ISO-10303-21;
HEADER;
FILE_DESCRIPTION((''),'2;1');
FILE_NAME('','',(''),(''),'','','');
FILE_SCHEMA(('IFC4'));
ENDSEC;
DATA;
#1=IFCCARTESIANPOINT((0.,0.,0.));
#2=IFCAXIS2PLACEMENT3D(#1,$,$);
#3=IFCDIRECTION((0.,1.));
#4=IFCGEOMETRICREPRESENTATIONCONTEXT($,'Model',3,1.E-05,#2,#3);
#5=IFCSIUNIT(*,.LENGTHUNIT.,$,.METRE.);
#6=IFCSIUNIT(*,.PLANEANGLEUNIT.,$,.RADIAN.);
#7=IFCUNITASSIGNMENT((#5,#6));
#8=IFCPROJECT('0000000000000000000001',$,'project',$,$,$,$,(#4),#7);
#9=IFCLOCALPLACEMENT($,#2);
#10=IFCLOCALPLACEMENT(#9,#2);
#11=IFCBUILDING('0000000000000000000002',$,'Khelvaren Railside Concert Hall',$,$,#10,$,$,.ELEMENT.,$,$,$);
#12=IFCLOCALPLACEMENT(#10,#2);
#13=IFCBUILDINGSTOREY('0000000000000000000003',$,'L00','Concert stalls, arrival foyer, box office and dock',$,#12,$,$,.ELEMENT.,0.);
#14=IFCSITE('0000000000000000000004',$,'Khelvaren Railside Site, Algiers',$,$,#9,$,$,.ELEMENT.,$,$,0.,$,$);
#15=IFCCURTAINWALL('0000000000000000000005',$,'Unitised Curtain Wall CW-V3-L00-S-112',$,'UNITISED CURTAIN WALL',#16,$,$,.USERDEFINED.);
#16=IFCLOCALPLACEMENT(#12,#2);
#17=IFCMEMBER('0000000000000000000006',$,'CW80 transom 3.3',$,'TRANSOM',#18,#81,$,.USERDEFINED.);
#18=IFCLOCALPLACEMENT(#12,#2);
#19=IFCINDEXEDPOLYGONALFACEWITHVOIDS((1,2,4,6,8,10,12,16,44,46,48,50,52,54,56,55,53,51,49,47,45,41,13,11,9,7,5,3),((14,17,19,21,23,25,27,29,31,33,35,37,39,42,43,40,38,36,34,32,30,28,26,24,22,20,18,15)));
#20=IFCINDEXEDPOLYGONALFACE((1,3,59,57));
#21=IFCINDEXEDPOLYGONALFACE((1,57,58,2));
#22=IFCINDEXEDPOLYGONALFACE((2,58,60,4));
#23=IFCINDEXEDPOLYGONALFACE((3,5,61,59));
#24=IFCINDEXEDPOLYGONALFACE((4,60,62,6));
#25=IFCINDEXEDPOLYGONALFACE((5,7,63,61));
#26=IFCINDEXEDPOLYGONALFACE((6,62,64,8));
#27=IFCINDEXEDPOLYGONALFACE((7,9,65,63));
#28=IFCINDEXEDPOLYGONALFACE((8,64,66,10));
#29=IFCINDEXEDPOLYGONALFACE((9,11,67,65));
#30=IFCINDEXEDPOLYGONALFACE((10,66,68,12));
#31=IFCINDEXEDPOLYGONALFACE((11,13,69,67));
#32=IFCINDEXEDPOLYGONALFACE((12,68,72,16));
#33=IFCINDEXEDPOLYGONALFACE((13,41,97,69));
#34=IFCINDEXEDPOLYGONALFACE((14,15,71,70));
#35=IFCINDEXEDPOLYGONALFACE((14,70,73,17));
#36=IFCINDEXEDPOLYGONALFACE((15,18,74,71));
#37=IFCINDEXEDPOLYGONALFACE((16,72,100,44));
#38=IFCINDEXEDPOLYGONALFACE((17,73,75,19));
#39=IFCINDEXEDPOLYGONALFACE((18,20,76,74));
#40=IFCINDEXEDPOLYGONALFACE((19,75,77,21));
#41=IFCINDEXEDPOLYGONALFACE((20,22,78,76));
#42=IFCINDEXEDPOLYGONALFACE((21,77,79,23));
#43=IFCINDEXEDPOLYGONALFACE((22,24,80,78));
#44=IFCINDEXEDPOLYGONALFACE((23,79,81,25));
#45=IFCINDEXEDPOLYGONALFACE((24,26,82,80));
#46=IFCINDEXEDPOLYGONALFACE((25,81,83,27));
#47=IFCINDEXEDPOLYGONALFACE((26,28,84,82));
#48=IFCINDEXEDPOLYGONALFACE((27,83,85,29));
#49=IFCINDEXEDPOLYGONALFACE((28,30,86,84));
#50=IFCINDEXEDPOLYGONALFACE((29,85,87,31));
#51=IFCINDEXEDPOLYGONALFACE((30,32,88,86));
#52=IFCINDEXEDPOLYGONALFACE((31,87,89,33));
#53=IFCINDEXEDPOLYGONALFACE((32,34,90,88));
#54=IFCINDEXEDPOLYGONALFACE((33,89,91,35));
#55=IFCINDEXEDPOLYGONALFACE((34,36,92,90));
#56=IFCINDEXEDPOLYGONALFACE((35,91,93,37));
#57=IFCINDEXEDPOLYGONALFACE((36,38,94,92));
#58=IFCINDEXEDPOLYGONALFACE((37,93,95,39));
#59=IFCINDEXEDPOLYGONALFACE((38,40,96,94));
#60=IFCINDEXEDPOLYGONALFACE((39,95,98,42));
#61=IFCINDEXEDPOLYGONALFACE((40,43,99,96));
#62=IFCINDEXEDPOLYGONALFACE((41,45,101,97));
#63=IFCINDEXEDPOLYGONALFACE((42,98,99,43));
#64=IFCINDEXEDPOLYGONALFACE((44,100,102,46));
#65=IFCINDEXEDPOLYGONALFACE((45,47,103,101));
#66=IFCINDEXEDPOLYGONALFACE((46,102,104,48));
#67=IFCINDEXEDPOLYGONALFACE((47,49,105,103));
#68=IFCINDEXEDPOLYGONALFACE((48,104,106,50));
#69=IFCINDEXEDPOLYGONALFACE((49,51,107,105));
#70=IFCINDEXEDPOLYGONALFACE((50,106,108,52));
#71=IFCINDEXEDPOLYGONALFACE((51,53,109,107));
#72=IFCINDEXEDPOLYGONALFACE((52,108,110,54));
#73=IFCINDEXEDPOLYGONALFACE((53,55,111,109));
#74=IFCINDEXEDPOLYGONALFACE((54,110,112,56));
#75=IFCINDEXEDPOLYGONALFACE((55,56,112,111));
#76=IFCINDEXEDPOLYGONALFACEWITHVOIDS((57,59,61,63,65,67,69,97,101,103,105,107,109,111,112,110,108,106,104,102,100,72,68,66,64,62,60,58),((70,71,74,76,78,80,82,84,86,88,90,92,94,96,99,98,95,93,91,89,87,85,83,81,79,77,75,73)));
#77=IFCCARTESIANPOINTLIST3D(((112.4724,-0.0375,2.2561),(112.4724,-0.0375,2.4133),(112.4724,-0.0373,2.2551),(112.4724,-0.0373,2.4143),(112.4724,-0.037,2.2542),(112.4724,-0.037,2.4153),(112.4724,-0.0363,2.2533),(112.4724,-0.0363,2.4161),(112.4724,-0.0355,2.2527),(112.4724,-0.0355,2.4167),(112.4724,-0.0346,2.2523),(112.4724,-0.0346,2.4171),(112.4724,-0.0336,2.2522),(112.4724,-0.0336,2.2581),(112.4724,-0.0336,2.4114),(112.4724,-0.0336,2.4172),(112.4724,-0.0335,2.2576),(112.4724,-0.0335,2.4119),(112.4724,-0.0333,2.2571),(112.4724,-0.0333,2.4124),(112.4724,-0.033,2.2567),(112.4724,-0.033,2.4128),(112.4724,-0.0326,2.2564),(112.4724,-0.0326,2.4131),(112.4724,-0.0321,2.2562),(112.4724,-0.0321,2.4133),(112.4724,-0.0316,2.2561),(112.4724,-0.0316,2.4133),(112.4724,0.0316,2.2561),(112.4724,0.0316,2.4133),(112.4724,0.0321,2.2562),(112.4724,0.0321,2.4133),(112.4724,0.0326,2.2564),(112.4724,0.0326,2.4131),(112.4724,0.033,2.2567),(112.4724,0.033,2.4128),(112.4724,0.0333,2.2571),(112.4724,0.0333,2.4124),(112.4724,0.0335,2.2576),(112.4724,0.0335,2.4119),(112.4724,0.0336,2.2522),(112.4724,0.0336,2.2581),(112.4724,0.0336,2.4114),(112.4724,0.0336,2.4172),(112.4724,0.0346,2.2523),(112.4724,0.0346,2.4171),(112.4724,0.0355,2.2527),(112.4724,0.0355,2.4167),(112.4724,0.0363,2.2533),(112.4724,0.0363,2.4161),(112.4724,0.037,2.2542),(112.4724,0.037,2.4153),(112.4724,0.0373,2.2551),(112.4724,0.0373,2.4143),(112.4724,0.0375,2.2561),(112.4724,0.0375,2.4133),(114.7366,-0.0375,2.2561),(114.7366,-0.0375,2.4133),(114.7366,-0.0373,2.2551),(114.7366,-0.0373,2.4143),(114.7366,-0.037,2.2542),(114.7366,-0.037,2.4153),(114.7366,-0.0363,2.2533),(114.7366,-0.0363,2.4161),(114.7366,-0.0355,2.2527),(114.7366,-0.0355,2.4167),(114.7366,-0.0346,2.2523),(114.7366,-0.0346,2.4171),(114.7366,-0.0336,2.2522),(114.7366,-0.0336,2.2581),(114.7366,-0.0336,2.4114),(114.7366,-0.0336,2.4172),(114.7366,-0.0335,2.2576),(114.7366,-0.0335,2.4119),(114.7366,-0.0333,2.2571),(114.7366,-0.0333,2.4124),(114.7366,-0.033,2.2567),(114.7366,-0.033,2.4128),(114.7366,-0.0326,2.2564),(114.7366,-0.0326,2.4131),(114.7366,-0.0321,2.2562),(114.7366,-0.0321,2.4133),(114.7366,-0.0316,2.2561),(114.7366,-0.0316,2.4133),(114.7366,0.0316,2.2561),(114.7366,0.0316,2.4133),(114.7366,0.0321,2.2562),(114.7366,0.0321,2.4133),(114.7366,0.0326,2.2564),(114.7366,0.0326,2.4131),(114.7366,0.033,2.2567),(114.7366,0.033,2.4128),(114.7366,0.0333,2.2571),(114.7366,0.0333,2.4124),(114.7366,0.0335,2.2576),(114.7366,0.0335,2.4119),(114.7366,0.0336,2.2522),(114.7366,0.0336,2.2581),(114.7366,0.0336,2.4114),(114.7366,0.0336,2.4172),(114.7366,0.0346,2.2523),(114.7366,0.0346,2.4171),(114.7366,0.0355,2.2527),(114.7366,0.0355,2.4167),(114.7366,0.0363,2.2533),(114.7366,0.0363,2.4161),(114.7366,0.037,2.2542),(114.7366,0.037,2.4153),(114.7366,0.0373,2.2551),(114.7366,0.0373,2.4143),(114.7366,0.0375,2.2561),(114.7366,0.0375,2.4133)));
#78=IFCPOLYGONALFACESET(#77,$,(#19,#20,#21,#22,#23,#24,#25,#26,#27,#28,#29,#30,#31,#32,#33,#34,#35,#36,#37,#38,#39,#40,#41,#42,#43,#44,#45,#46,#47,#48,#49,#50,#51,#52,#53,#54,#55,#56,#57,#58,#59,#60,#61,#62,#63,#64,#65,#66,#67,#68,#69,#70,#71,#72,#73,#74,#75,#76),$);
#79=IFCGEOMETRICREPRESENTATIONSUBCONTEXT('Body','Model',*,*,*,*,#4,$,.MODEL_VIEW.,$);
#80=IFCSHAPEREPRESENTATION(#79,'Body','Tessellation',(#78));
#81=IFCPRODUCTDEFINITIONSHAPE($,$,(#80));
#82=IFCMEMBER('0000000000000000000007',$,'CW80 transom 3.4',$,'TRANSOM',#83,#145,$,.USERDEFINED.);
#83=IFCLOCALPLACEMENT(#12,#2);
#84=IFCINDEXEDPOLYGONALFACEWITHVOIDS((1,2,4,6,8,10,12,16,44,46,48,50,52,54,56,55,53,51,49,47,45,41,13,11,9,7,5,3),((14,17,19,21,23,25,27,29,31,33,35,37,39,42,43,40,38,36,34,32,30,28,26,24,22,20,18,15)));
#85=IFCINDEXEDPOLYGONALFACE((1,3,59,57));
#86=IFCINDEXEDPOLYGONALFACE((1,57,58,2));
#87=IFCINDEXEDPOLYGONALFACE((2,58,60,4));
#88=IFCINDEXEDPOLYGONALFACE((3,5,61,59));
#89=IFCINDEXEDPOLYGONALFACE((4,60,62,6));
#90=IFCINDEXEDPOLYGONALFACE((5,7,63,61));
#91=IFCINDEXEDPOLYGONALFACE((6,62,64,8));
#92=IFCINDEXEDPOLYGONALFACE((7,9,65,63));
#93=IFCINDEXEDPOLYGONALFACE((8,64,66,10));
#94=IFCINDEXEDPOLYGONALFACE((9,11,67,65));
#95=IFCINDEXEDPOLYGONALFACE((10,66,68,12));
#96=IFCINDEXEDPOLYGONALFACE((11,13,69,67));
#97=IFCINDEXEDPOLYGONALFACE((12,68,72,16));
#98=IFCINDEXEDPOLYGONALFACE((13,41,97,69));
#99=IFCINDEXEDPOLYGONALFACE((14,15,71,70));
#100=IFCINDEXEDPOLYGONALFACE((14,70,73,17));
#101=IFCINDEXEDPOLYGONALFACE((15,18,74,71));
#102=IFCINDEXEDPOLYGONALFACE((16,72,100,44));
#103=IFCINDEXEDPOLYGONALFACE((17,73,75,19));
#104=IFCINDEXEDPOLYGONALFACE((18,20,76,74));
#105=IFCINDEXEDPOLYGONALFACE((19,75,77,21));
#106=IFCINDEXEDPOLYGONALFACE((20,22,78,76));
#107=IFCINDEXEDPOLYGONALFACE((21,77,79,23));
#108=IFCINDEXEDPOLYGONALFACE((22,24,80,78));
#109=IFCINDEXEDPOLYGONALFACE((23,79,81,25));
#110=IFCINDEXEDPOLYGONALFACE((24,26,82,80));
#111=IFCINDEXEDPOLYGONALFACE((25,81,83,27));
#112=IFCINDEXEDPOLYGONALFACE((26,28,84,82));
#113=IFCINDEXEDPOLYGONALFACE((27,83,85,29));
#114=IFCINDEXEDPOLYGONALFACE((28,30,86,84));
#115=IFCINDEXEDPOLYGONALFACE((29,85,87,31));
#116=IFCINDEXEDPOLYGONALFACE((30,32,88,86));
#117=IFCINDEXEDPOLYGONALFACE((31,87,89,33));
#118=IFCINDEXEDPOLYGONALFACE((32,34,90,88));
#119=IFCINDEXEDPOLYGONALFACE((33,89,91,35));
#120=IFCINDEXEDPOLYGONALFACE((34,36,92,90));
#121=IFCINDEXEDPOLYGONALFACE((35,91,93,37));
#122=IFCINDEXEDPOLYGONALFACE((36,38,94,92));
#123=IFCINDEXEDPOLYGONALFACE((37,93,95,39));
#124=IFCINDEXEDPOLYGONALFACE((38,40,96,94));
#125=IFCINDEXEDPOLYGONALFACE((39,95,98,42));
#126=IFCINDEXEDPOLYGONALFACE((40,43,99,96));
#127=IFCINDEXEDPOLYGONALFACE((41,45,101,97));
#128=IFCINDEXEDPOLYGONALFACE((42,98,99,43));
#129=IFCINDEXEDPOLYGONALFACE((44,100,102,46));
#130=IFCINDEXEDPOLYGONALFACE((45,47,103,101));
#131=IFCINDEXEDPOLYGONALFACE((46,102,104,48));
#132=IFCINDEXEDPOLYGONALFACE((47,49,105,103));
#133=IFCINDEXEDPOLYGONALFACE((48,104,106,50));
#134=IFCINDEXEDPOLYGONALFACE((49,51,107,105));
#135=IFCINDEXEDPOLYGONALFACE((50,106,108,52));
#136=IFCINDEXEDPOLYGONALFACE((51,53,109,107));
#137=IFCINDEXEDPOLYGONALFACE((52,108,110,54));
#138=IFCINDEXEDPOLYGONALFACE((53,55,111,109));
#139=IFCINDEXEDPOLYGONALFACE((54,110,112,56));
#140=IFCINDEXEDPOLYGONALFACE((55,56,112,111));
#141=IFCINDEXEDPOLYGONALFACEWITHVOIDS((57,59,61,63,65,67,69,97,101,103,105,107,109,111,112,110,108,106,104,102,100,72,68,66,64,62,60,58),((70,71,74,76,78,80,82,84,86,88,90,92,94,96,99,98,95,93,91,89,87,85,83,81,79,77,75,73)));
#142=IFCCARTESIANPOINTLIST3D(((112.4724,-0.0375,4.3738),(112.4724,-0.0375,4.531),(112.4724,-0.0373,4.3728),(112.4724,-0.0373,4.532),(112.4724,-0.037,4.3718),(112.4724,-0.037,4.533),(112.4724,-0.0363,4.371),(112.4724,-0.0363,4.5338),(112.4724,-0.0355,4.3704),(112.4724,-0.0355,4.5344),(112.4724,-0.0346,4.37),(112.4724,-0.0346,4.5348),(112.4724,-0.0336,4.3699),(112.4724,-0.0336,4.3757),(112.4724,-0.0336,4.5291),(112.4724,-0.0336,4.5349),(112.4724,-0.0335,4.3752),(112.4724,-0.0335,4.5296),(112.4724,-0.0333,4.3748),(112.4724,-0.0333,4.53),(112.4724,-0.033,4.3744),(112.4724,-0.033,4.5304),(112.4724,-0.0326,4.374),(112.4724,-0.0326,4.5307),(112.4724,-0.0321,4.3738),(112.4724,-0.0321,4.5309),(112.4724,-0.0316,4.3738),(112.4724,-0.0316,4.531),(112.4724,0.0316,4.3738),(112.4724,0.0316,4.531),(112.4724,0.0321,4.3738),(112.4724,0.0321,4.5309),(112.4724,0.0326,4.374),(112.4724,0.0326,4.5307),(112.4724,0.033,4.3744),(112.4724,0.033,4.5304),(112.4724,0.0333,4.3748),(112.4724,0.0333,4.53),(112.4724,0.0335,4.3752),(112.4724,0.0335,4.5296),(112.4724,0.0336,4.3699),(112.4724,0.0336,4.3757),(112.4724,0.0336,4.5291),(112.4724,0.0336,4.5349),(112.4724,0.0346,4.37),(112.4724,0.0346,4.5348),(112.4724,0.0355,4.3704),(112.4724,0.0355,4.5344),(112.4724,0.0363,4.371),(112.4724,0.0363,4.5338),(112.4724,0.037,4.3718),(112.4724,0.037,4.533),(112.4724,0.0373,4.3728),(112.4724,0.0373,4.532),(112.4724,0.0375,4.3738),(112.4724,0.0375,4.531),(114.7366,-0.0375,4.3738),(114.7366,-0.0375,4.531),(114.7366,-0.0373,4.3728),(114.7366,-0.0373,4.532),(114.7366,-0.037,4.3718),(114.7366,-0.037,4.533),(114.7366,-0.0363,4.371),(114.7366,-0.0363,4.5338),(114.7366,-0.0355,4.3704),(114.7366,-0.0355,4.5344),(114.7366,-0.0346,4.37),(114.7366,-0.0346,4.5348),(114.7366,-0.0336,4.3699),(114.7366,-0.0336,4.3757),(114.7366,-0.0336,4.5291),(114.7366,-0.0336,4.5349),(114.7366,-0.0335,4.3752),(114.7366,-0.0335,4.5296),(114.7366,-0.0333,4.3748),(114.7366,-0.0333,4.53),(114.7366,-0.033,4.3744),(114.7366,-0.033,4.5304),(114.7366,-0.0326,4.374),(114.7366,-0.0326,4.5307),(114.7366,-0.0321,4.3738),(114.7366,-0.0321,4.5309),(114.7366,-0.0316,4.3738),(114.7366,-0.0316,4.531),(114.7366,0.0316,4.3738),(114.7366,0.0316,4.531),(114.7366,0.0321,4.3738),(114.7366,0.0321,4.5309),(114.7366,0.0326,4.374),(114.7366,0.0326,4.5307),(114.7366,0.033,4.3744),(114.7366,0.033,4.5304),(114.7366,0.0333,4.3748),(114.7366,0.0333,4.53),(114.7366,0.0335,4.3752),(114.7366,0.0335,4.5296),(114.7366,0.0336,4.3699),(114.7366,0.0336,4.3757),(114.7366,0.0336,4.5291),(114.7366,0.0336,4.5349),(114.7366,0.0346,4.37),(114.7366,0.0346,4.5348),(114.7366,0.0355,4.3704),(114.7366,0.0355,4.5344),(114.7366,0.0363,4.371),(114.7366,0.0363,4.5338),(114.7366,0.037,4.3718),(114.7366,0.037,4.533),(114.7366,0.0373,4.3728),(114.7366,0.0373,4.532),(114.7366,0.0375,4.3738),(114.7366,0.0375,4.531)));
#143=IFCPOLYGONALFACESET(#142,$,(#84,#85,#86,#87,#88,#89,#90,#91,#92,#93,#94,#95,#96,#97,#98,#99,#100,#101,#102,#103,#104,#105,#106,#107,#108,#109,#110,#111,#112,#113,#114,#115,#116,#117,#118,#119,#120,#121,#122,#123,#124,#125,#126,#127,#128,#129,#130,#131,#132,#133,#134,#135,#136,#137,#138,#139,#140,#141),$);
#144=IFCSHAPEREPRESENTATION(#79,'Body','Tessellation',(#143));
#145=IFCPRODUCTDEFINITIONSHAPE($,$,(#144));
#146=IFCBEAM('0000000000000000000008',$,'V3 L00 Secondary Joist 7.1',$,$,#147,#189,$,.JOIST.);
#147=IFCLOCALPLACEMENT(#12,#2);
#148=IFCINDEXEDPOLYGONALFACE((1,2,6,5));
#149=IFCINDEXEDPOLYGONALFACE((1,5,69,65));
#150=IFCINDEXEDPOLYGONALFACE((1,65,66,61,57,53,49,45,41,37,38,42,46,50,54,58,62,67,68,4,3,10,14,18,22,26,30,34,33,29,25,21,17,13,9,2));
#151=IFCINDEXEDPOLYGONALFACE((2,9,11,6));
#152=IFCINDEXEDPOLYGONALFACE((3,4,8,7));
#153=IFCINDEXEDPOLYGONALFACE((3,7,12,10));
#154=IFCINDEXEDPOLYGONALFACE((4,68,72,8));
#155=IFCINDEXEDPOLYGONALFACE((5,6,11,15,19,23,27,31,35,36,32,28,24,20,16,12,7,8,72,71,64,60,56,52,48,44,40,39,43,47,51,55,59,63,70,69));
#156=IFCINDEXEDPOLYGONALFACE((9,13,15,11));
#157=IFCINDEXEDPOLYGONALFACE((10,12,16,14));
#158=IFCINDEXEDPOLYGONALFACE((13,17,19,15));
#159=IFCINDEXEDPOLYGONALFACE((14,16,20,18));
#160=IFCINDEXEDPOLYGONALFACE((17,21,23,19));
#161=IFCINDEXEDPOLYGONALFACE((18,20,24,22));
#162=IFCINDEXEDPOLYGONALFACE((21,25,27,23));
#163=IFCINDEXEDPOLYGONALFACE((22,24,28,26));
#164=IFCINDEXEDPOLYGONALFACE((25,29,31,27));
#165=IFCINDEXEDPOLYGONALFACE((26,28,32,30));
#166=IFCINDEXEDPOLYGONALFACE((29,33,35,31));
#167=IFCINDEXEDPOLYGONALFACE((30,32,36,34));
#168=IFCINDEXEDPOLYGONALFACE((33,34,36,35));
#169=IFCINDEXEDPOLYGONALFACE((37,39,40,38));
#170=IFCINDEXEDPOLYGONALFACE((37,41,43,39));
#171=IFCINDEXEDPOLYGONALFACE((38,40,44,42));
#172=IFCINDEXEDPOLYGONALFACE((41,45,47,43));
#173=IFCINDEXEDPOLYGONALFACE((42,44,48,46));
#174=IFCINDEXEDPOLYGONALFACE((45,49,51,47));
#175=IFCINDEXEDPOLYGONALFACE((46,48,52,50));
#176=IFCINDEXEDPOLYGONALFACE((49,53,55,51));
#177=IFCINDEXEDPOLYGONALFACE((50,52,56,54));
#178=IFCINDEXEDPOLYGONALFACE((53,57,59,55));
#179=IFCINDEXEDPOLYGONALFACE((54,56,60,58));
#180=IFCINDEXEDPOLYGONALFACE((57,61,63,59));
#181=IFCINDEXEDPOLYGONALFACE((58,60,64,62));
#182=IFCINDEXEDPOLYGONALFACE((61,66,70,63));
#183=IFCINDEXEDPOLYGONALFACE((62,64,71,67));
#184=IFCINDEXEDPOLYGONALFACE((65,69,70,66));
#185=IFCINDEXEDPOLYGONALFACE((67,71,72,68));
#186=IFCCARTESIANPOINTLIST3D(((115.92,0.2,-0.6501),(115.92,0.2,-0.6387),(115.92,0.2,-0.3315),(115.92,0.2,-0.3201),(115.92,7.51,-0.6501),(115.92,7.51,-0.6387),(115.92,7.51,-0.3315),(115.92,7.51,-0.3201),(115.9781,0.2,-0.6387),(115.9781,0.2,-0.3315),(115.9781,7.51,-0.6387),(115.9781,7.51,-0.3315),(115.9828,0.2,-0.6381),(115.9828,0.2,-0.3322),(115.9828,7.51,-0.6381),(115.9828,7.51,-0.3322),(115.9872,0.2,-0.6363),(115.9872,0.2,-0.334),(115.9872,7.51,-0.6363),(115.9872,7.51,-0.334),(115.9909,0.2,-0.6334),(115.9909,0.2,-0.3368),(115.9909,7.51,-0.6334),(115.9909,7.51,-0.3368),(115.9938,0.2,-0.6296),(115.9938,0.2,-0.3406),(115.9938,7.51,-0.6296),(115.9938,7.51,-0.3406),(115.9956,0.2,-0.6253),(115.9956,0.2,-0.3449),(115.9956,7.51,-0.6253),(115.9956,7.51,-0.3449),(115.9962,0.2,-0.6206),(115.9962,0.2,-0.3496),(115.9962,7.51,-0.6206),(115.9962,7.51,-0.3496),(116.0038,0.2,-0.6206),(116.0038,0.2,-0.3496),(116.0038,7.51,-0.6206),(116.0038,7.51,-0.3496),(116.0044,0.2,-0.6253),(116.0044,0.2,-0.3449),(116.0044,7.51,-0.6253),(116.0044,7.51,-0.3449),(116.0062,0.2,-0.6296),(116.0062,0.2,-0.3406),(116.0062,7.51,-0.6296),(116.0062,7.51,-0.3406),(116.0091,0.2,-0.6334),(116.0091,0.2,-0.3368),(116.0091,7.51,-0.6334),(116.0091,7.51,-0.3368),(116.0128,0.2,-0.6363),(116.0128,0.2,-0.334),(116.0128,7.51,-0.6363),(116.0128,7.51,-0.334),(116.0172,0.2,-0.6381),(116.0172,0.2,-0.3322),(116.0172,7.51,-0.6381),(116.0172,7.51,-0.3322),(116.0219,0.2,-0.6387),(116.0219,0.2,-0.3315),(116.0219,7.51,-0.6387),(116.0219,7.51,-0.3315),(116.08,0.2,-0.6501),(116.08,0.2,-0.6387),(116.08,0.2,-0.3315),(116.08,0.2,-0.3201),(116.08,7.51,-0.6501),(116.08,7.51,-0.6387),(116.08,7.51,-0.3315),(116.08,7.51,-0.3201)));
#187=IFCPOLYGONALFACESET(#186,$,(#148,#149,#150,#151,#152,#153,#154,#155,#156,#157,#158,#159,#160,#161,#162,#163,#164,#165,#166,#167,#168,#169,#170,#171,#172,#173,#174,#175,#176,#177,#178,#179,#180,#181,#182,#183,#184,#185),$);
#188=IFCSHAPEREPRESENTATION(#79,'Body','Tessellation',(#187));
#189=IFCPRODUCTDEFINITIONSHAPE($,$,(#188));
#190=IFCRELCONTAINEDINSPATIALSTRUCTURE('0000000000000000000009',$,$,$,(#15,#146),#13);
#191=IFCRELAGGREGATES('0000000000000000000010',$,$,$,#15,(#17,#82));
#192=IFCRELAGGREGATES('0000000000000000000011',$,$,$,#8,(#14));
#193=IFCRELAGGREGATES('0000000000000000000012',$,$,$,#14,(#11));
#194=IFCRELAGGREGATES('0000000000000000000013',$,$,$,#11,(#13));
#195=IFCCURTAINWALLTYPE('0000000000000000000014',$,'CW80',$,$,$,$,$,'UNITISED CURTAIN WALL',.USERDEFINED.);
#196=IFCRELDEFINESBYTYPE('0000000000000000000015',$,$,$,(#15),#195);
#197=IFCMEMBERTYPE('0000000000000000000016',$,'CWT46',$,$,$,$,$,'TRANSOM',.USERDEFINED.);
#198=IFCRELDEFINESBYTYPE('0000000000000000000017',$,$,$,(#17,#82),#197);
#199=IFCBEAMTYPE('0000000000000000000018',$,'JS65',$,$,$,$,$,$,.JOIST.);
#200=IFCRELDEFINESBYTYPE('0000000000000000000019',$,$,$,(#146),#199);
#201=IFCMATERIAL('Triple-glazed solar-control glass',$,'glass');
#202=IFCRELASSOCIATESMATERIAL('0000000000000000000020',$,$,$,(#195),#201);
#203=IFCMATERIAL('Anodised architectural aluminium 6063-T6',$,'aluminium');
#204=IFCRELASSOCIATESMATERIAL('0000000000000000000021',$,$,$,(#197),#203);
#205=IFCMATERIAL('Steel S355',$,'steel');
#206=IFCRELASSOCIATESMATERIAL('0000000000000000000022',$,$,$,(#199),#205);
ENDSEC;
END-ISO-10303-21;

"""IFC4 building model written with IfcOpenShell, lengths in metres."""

from ifc_helpers import new_model, si_unit, direction, frame, origin, origin_2d, place, context, subcontext, project, spatial, hollow_rectangle, i_section, extrude, material, material_profile, profile_set, type_object, element, aggregate, save


model = new_model("IFC4")

# Units and contexts
model_context = context("Model", 3, precision=1e-05, world=origin(), true_north=direction((0.0, 1.0)))
body_context = subcontext(model_context, "Body", "Model", "MODEL_VIEW")
ifc_project = project(units=[si_unit("LENGTHUNIT", "METRE"), si_unit("PLANEANGLEUNIT", "RADIAN")], contexts=[model_context])

# Site, building, storey
site_placement = place(None, origin())
site = spatial("IfcSite", under=ifc_project, at=site_placement, Name="Khelvaren Railside Site, Algiers", CompositionType="ELEMENT", RefElevation=0.0)
building_placement = place(site_placement, origin())
building = spatial("IfcBuilding", under=site, at=building_placement, Name="Khelvaren Railside Concert Hall", CompositionType="ELEMENT")
storey_placement = place(building_placement, origin())
storey = spatial("IfcBuildingStorey", under=building, at=storey_placement, Name="L00", Description="Concert stalls, arrival foyer, box office and dock", CompositionType="ELEMENT", Elevation=0.0)

# Shared definitions
ifc_material_1 = material(Name="Steel S355", Category="steel")

# Curtain wall
ifc_material_2 = material(Name="Triple-glazed solar-control glass", Category="glass")
ifc_material_3 = material(Name="Anodised architectural aluminium 6063-T6", Category="aluminium")
curtain_wall_type_1 = type_object("IfcCurtainWallType", Name="CW80", ElementType="UNITISED CURTAIN WALL", PredefinedType="USERDEFINED", material=ifc_material_2)
curtain_wall_1_placement = place(storey_placement, origin())
curtain_wall_1 = element("IfcCurtainWall", 1, at=curtain_wall_1_placement, inside=storey, type_object=curtain_wall_type_1, Name="Unitised Curtain Wall CW-V3-L00-S-112", ObjectType="UNITISED CURTAIN WALL", PredefinedType="USERDEFINED")

# Members
ifc_material_profile_1 = material_profile(ifc_material_3, hollow_rectangle(XDim=0.075, YDim=0.165, WallThickness=0.0039, InnerFilletRadius=0.002, OuterFilletRadius=0.0039, at=origin_2d()), Name="CWT 75x165x4")
ifc_profile_set_1 = profile_set([ifc_material_profile_1], Name="Anodised architectural aluminium 6063-T6")
member_type_1 = type_object("IfcMemberType", Name="CWT46", ElementType="TRANSOM", PredefinedType="USERDEFINED", material=ifc_profile_set_1)
member_1_placement = place(storey_placement, frame((114.7366, 0.0, 2.3347), z_axis=(-1.0, 0.0, 0.0), x_axis=(0.0, -1.0, 0.0)))
member_1 = element("IfcMember", 2, at=member_1_placement, type_object=member_type_1, Name="CW80 transom 3.3", ObjectType="TRANSOM", PredefinedType="USERDEFINED", context=body_context, shape_type="SweptSolid", body=[
    extrude(hollow_rectangle(XDim=0.075, YDim=0.165, WallThickness=0.0039, InnerFilletRadius=0.002, OuterFilletRadius=0.0039, at=origin_2d()), origin(), (0.0, 0.0, 1.0), 2.2642),
])
member_2_placement = place(storey_placement, frame((114.7366, 0.0, 4.4524), z_axis=(-1.0, 0.0, 0.0), x_axis=(0.0, -1.0, 0.0)))
member_2 = element("IfcMember", 3, at=member_2_placement, type_object=member_type_1, Name="CW80 transom 3.4", ObjectType="TRANSOM", PredefinedType="USERDEFINED", context=body_context, shape_type="SweptSolid", body=[
    extrude(hollow_rectangle(XDim=0.075, YDim=0.165, WallThickness=0.0039, InnerFilletRadius=0.002, OuterFilletRadius=0.0039, at=origin_2d()), origin(), (0.0, 0.0, 1.0), 2.2642),
])

# Beam
ifc_material_profile_2 = material_profile(ifc_material_1, i_section(OverallWidth=0.1599, OverallDepth=0.3301, WebThickness=0.0076, FlangeThickness=0.0115, FilletRadius=0.0181, at=origin_2d()), Name="IPE 330")
ifc_profile_set_2 = profile_set([ifc_material_profile_2], Name="Steel S355")
beam_type_1 = type_object("IfcBeamType", Name="JS65", PredefinedType="JOIST", material=ifc_profile_set_2)
beam_1_placement = place(storey_placement, frame((116.0, 0.2, -0.4851), z_axis=(0.0, 1.0, 0.0), x_axis=(-1.0, 0.0, 0.0)))
element("IfcBeam", 4, at=beam_1_placement, inside=storey, type_object=beam_type_1, Name="V3 L00 Secondary Joist 7.1", PredefinedType="JOIST", context=body_context, shape_type="SweptSolid", body=[
    extrude(i_section(OverallWidth=0.1599, OverallDepth=0.3301, WebThickness=0.0076, FlangeThickness=0.0115, FilletRadius=0.0181, at=origin_2d()), origin(), (0.0, 0.0, 1.0), 7.3101),
])

aggregate(curtain_wall_1, [member_1, member_2])

save(model, "model.ifc")
